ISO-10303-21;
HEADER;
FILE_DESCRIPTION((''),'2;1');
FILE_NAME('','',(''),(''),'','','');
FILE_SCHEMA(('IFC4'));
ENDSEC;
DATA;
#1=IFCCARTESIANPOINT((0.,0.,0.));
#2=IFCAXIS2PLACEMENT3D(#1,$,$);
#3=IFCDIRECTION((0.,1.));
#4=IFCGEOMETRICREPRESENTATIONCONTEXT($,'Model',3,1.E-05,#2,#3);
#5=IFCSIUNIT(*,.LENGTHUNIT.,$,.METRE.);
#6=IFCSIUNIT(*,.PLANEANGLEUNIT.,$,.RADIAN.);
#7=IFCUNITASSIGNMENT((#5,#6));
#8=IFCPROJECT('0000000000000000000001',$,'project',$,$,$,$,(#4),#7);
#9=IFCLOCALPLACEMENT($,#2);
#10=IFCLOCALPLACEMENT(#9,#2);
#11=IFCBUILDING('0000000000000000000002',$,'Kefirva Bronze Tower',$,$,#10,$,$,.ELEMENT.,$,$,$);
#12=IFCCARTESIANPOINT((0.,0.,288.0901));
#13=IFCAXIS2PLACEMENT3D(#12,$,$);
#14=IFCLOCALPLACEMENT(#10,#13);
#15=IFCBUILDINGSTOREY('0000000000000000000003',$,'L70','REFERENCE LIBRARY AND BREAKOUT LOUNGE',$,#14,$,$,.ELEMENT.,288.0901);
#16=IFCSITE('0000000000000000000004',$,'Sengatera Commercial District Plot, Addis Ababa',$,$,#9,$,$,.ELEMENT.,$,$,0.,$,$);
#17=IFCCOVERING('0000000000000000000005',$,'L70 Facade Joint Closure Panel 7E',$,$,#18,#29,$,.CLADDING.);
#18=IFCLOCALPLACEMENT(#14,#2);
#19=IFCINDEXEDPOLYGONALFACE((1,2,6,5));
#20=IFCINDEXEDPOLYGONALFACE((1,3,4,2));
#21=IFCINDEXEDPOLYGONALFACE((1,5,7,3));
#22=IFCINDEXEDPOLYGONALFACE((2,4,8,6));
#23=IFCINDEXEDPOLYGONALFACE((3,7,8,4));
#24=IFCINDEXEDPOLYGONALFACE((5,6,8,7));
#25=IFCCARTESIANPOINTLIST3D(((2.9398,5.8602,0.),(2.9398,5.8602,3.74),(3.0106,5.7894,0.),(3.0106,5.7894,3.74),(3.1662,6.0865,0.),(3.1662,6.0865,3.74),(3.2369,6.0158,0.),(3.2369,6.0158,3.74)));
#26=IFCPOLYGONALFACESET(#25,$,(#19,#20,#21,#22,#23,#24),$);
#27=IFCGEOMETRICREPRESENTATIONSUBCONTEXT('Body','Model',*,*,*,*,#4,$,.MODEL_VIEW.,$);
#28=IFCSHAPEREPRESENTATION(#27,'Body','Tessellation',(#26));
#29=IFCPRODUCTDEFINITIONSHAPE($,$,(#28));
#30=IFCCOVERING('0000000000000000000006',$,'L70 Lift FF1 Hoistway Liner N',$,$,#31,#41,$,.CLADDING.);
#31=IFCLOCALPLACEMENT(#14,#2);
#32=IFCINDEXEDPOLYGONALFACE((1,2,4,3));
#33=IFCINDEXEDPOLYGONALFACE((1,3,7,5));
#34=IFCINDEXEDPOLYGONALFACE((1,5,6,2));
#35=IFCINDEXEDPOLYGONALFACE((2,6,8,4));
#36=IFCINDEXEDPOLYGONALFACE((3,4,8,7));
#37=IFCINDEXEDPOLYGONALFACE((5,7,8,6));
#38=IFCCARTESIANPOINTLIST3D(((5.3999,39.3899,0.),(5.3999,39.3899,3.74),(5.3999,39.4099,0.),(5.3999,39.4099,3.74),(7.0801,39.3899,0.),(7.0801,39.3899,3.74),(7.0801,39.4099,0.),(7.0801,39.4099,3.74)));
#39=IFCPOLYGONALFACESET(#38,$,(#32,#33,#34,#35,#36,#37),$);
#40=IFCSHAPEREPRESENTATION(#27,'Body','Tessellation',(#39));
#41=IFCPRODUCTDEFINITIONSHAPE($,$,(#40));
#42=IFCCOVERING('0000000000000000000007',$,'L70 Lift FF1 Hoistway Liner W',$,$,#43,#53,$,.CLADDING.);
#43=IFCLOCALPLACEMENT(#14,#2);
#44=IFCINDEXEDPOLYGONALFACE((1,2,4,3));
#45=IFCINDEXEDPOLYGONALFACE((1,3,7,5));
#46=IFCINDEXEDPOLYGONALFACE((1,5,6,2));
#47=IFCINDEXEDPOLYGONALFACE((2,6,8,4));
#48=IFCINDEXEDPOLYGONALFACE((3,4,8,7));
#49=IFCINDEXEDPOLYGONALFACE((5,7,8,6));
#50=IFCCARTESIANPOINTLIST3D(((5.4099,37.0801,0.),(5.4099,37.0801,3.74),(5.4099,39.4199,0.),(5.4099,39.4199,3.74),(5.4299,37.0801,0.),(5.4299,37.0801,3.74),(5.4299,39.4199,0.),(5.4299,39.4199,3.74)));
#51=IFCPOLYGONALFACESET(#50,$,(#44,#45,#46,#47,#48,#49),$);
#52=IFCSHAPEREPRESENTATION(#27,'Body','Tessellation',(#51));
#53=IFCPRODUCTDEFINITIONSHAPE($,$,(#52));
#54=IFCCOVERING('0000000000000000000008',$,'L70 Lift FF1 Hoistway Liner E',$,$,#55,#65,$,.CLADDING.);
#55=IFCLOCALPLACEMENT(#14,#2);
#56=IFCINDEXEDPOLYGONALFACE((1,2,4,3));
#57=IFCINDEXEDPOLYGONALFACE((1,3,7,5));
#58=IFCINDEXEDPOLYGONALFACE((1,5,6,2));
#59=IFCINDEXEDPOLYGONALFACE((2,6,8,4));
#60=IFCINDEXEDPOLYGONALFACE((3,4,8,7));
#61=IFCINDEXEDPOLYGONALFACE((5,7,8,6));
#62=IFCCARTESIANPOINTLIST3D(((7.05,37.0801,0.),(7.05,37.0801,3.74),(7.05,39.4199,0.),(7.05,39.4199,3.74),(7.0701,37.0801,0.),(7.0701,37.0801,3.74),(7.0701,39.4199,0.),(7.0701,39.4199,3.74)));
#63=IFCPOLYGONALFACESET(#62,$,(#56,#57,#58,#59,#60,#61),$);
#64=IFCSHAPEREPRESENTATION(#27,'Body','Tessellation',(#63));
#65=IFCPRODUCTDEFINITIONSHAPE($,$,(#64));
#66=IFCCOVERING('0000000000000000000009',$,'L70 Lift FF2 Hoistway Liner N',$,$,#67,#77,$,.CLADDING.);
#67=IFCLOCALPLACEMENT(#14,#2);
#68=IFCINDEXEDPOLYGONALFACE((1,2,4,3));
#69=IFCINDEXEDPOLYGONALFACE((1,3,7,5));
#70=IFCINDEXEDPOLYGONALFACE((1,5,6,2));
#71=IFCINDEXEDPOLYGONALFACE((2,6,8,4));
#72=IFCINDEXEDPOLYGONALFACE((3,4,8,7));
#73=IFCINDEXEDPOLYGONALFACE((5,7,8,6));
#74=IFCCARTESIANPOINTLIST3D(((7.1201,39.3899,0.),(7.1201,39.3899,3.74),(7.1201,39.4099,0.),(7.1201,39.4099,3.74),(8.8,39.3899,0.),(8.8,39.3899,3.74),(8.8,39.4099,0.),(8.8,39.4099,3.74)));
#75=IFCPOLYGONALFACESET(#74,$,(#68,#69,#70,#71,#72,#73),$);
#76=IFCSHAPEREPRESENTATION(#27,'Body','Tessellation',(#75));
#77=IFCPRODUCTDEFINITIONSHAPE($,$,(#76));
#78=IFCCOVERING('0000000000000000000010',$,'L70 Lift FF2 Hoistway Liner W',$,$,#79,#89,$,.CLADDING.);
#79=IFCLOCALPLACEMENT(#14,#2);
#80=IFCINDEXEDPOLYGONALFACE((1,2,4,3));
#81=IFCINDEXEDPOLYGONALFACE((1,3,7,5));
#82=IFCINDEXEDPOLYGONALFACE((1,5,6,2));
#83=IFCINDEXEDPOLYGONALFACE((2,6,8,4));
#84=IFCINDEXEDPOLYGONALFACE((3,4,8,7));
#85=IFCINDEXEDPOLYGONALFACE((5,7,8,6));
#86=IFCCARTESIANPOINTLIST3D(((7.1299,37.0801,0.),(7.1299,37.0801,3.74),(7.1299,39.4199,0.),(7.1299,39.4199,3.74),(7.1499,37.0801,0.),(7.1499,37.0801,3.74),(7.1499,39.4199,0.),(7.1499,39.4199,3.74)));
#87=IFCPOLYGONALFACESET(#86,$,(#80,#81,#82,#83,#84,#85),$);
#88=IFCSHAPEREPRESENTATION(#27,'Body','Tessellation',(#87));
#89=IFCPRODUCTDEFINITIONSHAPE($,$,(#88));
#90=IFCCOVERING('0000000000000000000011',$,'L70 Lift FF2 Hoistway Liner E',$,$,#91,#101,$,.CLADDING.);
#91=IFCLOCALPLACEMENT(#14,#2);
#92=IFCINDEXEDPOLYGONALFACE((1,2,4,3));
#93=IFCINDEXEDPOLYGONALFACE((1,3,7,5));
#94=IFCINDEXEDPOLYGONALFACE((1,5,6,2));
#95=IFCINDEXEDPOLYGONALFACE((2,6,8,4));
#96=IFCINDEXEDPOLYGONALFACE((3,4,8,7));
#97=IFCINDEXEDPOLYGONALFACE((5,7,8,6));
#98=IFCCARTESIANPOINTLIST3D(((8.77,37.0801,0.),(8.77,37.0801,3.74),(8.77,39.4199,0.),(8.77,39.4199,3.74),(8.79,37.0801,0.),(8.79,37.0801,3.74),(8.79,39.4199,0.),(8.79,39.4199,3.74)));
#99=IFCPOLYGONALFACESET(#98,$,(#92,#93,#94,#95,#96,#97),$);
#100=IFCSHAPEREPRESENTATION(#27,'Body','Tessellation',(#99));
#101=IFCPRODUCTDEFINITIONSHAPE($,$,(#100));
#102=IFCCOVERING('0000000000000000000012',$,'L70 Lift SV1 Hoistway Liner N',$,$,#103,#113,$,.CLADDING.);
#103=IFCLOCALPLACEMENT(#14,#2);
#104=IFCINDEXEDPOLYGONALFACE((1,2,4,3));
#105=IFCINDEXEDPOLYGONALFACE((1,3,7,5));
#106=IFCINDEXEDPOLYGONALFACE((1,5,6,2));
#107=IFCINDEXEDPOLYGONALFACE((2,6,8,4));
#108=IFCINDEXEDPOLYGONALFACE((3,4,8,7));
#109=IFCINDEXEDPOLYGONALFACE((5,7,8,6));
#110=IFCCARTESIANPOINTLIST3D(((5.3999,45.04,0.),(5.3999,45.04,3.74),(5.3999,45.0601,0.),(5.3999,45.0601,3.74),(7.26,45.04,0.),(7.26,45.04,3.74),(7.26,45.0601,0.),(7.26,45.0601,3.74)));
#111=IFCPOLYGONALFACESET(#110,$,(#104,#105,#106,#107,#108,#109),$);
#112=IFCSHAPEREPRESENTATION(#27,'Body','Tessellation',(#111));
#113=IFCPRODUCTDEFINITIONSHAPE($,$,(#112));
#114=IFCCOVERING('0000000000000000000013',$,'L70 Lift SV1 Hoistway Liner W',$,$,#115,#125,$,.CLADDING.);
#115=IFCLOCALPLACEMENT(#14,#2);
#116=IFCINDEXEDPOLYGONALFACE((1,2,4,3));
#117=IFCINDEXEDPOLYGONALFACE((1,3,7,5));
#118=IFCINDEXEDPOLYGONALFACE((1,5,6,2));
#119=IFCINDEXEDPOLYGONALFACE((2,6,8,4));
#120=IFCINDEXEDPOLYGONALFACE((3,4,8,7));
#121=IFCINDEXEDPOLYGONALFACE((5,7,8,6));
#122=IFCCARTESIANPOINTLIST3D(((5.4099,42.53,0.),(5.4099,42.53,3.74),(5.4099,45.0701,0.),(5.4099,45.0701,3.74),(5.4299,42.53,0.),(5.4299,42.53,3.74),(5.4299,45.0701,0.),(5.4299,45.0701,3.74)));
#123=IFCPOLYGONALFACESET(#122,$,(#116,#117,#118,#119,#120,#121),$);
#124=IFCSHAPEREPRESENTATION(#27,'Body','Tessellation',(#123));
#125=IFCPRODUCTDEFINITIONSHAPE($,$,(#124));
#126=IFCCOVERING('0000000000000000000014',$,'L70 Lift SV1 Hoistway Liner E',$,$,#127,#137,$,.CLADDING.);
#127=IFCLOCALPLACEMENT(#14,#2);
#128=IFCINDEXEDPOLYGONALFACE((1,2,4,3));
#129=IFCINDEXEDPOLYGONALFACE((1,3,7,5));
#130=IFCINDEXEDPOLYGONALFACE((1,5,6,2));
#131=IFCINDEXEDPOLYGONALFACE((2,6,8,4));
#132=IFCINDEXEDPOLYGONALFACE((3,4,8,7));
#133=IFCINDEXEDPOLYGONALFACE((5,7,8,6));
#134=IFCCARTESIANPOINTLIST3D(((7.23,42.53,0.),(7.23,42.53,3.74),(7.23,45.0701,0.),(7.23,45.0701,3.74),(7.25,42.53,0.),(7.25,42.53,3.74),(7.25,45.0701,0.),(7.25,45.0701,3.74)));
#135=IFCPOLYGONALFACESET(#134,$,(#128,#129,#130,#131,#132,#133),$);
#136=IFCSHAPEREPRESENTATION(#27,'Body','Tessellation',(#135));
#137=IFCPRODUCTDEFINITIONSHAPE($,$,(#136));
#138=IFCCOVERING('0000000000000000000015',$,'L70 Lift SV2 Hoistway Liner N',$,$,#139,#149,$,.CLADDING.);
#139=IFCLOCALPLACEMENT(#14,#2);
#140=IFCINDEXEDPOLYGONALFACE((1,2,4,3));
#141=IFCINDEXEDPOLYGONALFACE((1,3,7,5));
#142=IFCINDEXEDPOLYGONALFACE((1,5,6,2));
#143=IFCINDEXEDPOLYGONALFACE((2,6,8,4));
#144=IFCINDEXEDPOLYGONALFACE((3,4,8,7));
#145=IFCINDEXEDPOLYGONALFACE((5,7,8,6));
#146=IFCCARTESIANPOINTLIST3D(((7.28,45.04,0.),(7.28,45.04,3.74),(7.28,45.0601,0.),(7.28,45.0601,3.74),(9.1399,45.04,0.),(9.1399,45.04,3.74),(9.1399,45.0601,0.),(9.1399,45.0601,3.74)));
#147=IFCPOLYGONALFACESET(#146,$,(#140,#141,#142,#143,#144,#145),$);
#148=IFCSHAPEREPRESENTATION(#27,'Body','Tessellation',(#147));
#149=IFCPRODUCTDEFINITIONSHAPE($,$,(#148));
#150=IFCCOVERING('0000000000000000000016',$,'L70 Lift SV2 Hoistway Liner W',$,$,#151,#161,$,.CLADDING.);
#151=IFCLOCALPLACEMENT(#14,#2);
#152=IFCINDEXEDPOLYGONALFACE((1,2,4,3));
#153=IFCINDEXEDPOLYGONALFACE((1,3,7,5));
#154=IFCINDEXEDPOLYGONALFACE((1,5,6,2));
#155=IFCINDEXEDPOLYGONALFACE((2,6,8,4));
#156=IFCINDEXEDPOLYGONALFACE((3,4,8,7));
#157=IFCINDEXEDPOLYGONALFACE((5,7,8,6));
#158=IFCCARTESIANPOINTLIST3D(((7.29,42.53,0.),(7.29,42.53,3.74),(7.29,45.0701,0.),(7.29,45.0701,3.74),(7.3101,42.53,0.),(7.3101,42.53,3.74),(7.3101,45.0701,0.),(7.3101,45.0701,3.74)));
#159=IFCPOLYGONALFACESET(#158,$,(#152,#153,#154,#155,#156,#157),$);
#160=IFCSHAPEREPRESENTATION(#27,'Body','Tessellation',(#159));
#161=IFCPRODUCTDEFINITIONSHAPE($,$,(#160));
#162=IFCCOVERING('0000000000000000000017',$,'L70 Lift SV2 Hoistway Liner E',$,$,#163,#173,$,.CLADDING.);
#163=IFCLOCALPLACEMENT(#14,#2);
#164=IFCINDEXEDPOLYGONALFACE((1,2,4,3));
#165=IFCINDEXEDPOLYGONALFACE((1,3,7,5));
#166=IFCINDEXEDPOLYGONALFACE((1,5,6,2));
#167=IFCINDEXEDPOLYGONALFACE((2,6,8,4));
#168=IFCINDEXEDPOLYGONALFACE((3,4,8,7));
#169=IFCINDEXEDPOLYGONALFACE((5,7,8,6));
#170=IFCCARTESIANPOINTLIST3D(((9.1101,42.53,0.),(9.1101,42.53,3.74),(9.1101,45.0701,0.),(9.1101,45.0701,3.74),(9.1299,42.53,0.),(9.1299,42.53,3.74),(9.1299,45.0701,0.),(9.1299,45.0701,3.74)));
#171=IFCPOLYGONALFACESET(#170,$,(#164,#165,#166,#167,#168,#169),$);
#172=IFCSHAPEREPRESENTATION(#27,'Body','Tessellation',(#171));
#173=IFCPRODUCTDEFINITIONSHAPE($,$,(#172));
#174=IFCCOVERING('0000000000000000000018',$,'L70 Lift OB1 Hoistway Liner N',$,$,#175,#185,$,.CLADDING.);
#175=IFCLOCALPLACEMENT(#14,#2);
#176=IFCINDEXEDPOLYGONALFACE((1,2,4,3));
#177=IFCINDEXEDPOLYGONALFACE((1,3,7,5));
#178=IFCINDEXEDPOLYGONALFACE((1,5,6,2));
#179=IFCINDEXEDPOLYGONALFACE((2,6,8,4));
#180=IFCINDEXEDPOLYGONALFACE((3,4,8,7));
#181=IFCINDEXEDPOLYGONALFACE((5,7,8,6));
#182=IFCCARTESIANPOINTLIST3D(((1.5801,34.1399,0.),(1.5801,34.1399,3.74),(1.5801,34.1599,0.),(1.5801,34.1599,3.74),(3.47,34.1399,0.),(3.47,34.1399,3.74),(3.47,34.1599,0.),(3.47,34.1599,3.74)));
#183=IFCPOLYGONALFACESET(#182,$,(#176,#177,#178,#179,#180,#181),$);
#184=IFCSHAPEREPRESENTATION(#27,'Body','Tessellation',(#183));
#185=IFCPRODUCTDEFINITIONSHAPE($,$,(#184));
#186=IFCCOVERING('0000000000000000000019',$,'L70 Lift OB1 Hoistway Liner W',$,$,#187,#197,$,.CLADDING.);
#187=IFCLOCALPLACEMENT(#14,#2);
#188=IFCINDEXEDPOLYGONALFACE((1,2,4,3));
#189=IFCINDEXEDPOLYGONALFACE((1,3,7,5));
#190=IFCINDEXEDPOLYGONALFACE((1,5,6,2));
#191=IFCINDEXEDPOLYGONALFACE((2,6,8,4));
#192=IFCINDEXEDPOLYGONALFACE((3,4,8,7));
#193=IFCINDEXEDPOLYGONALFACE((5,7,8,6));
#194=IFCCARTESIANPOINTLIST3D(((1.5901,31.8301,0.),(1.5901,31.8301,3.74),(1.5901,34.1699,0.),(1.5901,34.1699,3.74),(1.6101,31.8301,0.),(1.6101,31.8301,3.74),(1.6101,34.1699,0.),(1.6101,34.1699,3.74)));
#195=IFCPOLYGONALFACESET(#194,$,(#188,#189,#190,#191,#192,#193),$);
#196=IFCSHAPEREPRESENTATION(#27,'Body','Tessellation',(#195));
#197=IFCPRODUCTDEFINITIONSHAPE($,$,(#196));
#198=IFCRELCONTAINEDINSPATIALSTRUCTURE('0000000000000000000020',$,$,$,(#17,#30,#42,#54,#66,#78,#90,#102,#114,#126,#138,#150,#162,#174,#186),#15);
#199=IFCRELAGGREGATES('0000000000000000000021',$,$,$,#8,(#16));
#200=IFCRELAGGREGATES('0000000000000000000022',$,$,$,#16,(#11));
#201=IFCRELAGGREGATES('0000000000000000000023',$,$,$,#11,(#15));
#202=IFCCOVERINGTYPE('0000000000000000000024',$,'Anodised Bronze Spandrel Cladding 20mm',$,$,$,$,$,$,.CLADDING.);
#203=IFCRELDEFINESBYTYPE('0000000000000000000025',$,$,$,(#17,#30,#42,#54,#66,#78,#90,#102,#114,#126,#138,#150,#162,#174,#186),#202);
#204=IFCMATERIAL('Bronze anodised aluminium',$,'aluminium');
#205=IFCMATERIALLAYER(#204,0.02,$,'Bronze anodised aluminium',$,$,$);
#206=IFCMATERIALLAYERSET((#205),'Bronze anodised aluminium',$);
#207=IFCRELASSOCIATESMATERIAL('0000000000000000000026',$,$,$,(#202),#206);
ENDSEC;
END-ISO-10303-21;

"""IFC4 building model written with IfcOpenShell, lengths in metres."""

from ifc_helpers import new_model, si_unit, direction, frame, origin, origin_2d, place, context, subcontext, project, spatial, polyline, rectangle, outline, extrude, material, layer, layer_set, type_object, element, save


model = new_model("IFC4")

# Units and contexts
model_context = context("Model", 3, precision=1e-05, world=origin(), true_north=direction((0.0, 1.0)))
body_context = subcontext(model_context, "Body", "Model", "MODEL_VIEW")
ifc_project = project(units=[si_unit("LENGTHUNIT", "METRE"), si_unit("PLANEANGLEUNIT", "RADIAN")], contexts=[model_context])

# Site, building, storey
site_placement = place(None, origin())
site = spatial("IfcSite", under=ifc_project, at=site_placement, Name="Sengatera Commercial District Plot, Addis Ababa", CompositionType="ELEMENT", RefElevation=0.0)
building_placement = place(site_placement, origin())
building = spatial("IfcBuilding", under=site, at=building_placement, Name="Kefirva Bronze Tower", CompositionType="ELEMENT")
storey_placement = place(building_placement, frame((0.0, 0.0, 288.0901)))
storey = spatial("IfcBuildingStorey", under=building, at=storey_placement, Name="L70", Description="REFERENCE LIBRARY AND BREAKOUT LOUNGE", CompositionType="ELEMENT", Elevation=288.0901)

# Shared definitions
ifc_material_1 = material(Name="Bronze anodised aluminium", Category="aluminium")

# Coverings
ifc_layer_1 = layer(ifc_material_1, 0.02, Name="Bronze anodised aluminium")
ifc_layer_set_1 = layer_set([ifc_layer_1], Name="Bronze anodised aluminium")
covering_type_1 = type_object("IfcCoveringType", Name="Anodised Bronze Spandrel Cladding 20mm", PredefinedType="CLADDING", material=ifc_layer_set_1)
covering_1_placement = place(storey_placement, frame((3.0884, 5.938, 0.0), z_axis=(0.0, 0.0, 1.0), x_axis=(0.707107, -0.707107, 0.0)))
element("IfcCovering", 1, at=covering_1_placement, inside=storey, type_object=covering_type_1, Name="L70 Facade Joint Closure Panel 7E", PredefinedType="CLADDING", context=body_context, shape_type="SweptSolid", body=[
    extrude(rectangle(XDim=0.1001, YDim=0.3201, at=origin_2d()), origin(), (0.0, 0.0, 1.0), 3.74),
])
covering_2_placement = place(storey_placement, origin())
element("IfcCovering", 2, at=covering_2_placement, inside=storey, type_object=covering_type_1, Name="L70 Lift FF1 Hoistway Liner N", PredefinedType="CLADDING", context=body_context, shape_type="SweptSolid", body=[
    extrude(outline(polyline([(5.3999, 39.3899), (7.0801, 39.3899), (7.0801, 39.4099), (5.3999, 39.4099), (5.3999, 39.3899)])), origin(), (0.0, 0.0, 1.0), 3.74),
])
covering_3_placement = place(storey_placement, origin())
element("IfcCovering", 3, at=covering_3_placement, inside=storey, type_object=covering_type_1, Name="L70 Lift FF1 Hoistway Liner W", PredefinedType="CLADDING", context=body_context, shape_type="SweptSolid", body=[
    extrude(outline(polyline([(5.4099, 37.0801), (5.4299, 37.0801), (5.4299, 39.4199), (5.4099, 39.4199), (5.4099, 37.0801)])), origin(), (0.0, 0.0, 1.0), 3.74),
])
covering_4_placement = place(storey_placement, origin())
element("IfcCovering", 4, at=covering_4_placement, inside=storey, type_object=covering_type_1, Name="L70 Lift FF1 Hoistway Liner E", PredefinedType="CLADDING", context=body_context, shape_type="SweptSolid", body=[
    extrude(outline(polyline([(7.05, 37.0801), (7.0701, 37.0801), (7.0701, 39.4199), (7.05, 39.4199), (7.05, 37.0801)])), origin(), (0.0, 0.0, 1.0), 3.74),
])
covering_5_placement = place(storey_placement, origin())
element("IfcCovering", 5, at=covering_5_placement, inside=storey, type_object=covering_type_1, Name="L70 Lift FF2 Hoistway Liner N", PredefinedType="CLADDING", context=body_context, shape_type="SweptSolid", body=[
    extrude(outline(polyline([(7.1201, 39.3899), (8.8, 39.3899), (8.8, 39.4099), (7.1201, 39.4099), (7.1201, 39.3899)])), origin(), (0.0, 0.0, 1.0), 3.74),
])
covering_6_placement = place(storey_placement, origin())
element("IfcCovering", 6, at=covering_6_placement, inside=storey, type_object=covering_type_1, Name="L70 Lift FF2 Hoistway Liner W", PredefinedType="CLADDING", context=body_context, shape_type="SweptSolid", body=[
    extrude(outline(polyline([(7.1299, 37.0801), (7.1499, 37.0801), (7.1499, 39.4199), (7.1299, 39.4199), (7.1299, 37.0801)])), origin(), (0.0, 0.0, 1.0), 3.74),
])
covering_7_placement = place(storey_placement, origin())
element("IfcCovering", 7, at=covering_7_placement, inside=storey, type_object=covering_type_1, Name="L70 Lift FF2 Hoistway Liner E", PredefinedType="CLADDING", context=body_context, shape_type="SweptSolid", body=[
    extrude(outline(polyline([(8.77, 37.0801), (8.79, 37.0801), (8.79, 39.4199), (8.77, 39.4199), (8.77, 37.0801)])), origin(), (0.0, 0.0, 1.0), 3.74),
])
covering_8_placement = place(storey_placement, origin())
element("IfcCovering", 8, at=covering_8_placement, inside=storey, type_object=covering_type_1, Name="L70 Lift SV1 Hoistway Liner N", PredefinedType="CLADDING", context=body_context, shape_type="SweptSolid", body=[
    extrude(outline(polyline([(5.3999, 45.04), (7.26, 45.04), (7.26, 45.0601), (5.3999, 45.0601), (5.3999, 45.04)])), origin(), (0.0, 0.0, 1.0), 3.74),
])
covering_9_placement = place(storey_placement, origin())
element("IfcCovering", 9, at=covering_9_placement, inside=storey, type_object=covering_type_1, Name="L70 Lift SV1 Hoistway Liner W", PredefinedType="CLADDING", context=body_context, shape_type="SweptSolid", body=[
    extrude(outline(polyline([(5.4099, 42.53), (5.4299, 42.53), (5.4299, 45.0701), (5.4099, 45.0701), (5.4099, 42.53)])), origin(), (0.0, 0.0, 1.0), 3.74),
])
covering_10_placement = place(storey_placement, origin())
element("IfcCovering", 10, at=covering_10_placement, inside=storey, type_object=covering_type_1, Name="L70 Lift SV1 Hoistway Liner E", PredefinedType="CLADDING", context=body_context, shape_type="SweptSolid", body=[
    extrude(outline(polyline([(7.23, 42.53), (7.25, 42.53), (7.25, 45.0701), (7.23, 45.0701), (7.23, 42.53)])), origin(), (0.0, 0.0, 1.0), 3.74),
])
covering_11_placement = place(storey_placement, origin())
element("IfcCovering", 11, at=covering_11_placement, inside=storey, type_object=covering_type_1, Name="L70 Lift SV2 Hoistway Liner N", PredefinedType="CLADDING", context=body_context, shape_type="SweptSolid", body=[
    extrude(outline(polyline([(7.28, 45.04), (9.1399, 45.04), (9.1399, 45.0601), (7.28, 45.0601), (7.28, 45.04)])), origin(), (0.0, 0.0, 1.0), 3.74),
])
covering_12_placement = place(storey_placement, origin())
element("IfcCovering", 12, at=covering_12_placement, inside=storey, type_object=covering_type_1, Name="L70 Lift SV2 Hoistway Liner W", PredefinedType="CLADDING", context=body_context, shape_type="SweptSolid", body=[
    extrude(outline(polyline([(7.29, 42.53), (7.3101, 42.53), (7.3101, 45.0701), (7.29, 45.0701), (7.29, 42.53)])), origin(), (0.0, 0.0, 1.0), 3.74),
])
covering_13_placement = place(storey_placement, origin())
element("IfcCovering", 13, at=covering_13_placement, inside=storey, type_object=covering_type_1, Name="L70 Lift SV2 Hoistway Liner E", PredefinedType="CLADDING", context=body_context, shape_type="SweptSolid", body=[
    extrude(outline(polyline([(9.1101, 42.53), (9.1299, 42.53), (9.1299, 45.0701), (9.1101, 45.0701), (9.1101, 42.53)])), origin(), (0.0, 0.0, 1.0), 3.74),
])
covering_14_placement = place(storey_placement, origin())
element("IfcCovering", 14, at=covering_14_placement, inside=storey, type_object=covering_type_1, Name="L70 Lift OB1 Hoistway Liner N", PredefinedType="CLADDING", context=body_context, shape_type="SweptSolid", body=[
    extrude(outline(polyline([(1.5801, 34.1399), (3.47, 34.1399), (3.47, 34.1599), (1.5801, 34.1599), (1.5801, 34.1399)])), origin(), (0.0, 0.0, 1.0), 3.74),
])
covering_15_placement = place(storey_placement, origin())
element("IfcCovering", 15, at=covering_15_placement, inside=storey, type_object=covering_type_1, Name="L70 Lift OB1 Hoistway Liner W", PredefinedType="CLADDING", context=body_context, shape_type="SweptSolid", body=[
    extrude(outline(polyline([(1.5901, 31.8301), (1.6101, 31.8301), (1.6101, 34.1699), (1.5901, 34.1699), (1.5901, 31.8301)])), origin(), (0.0, 0.0, 1.0), 3.74),
])

save(model, "model.ifc")
